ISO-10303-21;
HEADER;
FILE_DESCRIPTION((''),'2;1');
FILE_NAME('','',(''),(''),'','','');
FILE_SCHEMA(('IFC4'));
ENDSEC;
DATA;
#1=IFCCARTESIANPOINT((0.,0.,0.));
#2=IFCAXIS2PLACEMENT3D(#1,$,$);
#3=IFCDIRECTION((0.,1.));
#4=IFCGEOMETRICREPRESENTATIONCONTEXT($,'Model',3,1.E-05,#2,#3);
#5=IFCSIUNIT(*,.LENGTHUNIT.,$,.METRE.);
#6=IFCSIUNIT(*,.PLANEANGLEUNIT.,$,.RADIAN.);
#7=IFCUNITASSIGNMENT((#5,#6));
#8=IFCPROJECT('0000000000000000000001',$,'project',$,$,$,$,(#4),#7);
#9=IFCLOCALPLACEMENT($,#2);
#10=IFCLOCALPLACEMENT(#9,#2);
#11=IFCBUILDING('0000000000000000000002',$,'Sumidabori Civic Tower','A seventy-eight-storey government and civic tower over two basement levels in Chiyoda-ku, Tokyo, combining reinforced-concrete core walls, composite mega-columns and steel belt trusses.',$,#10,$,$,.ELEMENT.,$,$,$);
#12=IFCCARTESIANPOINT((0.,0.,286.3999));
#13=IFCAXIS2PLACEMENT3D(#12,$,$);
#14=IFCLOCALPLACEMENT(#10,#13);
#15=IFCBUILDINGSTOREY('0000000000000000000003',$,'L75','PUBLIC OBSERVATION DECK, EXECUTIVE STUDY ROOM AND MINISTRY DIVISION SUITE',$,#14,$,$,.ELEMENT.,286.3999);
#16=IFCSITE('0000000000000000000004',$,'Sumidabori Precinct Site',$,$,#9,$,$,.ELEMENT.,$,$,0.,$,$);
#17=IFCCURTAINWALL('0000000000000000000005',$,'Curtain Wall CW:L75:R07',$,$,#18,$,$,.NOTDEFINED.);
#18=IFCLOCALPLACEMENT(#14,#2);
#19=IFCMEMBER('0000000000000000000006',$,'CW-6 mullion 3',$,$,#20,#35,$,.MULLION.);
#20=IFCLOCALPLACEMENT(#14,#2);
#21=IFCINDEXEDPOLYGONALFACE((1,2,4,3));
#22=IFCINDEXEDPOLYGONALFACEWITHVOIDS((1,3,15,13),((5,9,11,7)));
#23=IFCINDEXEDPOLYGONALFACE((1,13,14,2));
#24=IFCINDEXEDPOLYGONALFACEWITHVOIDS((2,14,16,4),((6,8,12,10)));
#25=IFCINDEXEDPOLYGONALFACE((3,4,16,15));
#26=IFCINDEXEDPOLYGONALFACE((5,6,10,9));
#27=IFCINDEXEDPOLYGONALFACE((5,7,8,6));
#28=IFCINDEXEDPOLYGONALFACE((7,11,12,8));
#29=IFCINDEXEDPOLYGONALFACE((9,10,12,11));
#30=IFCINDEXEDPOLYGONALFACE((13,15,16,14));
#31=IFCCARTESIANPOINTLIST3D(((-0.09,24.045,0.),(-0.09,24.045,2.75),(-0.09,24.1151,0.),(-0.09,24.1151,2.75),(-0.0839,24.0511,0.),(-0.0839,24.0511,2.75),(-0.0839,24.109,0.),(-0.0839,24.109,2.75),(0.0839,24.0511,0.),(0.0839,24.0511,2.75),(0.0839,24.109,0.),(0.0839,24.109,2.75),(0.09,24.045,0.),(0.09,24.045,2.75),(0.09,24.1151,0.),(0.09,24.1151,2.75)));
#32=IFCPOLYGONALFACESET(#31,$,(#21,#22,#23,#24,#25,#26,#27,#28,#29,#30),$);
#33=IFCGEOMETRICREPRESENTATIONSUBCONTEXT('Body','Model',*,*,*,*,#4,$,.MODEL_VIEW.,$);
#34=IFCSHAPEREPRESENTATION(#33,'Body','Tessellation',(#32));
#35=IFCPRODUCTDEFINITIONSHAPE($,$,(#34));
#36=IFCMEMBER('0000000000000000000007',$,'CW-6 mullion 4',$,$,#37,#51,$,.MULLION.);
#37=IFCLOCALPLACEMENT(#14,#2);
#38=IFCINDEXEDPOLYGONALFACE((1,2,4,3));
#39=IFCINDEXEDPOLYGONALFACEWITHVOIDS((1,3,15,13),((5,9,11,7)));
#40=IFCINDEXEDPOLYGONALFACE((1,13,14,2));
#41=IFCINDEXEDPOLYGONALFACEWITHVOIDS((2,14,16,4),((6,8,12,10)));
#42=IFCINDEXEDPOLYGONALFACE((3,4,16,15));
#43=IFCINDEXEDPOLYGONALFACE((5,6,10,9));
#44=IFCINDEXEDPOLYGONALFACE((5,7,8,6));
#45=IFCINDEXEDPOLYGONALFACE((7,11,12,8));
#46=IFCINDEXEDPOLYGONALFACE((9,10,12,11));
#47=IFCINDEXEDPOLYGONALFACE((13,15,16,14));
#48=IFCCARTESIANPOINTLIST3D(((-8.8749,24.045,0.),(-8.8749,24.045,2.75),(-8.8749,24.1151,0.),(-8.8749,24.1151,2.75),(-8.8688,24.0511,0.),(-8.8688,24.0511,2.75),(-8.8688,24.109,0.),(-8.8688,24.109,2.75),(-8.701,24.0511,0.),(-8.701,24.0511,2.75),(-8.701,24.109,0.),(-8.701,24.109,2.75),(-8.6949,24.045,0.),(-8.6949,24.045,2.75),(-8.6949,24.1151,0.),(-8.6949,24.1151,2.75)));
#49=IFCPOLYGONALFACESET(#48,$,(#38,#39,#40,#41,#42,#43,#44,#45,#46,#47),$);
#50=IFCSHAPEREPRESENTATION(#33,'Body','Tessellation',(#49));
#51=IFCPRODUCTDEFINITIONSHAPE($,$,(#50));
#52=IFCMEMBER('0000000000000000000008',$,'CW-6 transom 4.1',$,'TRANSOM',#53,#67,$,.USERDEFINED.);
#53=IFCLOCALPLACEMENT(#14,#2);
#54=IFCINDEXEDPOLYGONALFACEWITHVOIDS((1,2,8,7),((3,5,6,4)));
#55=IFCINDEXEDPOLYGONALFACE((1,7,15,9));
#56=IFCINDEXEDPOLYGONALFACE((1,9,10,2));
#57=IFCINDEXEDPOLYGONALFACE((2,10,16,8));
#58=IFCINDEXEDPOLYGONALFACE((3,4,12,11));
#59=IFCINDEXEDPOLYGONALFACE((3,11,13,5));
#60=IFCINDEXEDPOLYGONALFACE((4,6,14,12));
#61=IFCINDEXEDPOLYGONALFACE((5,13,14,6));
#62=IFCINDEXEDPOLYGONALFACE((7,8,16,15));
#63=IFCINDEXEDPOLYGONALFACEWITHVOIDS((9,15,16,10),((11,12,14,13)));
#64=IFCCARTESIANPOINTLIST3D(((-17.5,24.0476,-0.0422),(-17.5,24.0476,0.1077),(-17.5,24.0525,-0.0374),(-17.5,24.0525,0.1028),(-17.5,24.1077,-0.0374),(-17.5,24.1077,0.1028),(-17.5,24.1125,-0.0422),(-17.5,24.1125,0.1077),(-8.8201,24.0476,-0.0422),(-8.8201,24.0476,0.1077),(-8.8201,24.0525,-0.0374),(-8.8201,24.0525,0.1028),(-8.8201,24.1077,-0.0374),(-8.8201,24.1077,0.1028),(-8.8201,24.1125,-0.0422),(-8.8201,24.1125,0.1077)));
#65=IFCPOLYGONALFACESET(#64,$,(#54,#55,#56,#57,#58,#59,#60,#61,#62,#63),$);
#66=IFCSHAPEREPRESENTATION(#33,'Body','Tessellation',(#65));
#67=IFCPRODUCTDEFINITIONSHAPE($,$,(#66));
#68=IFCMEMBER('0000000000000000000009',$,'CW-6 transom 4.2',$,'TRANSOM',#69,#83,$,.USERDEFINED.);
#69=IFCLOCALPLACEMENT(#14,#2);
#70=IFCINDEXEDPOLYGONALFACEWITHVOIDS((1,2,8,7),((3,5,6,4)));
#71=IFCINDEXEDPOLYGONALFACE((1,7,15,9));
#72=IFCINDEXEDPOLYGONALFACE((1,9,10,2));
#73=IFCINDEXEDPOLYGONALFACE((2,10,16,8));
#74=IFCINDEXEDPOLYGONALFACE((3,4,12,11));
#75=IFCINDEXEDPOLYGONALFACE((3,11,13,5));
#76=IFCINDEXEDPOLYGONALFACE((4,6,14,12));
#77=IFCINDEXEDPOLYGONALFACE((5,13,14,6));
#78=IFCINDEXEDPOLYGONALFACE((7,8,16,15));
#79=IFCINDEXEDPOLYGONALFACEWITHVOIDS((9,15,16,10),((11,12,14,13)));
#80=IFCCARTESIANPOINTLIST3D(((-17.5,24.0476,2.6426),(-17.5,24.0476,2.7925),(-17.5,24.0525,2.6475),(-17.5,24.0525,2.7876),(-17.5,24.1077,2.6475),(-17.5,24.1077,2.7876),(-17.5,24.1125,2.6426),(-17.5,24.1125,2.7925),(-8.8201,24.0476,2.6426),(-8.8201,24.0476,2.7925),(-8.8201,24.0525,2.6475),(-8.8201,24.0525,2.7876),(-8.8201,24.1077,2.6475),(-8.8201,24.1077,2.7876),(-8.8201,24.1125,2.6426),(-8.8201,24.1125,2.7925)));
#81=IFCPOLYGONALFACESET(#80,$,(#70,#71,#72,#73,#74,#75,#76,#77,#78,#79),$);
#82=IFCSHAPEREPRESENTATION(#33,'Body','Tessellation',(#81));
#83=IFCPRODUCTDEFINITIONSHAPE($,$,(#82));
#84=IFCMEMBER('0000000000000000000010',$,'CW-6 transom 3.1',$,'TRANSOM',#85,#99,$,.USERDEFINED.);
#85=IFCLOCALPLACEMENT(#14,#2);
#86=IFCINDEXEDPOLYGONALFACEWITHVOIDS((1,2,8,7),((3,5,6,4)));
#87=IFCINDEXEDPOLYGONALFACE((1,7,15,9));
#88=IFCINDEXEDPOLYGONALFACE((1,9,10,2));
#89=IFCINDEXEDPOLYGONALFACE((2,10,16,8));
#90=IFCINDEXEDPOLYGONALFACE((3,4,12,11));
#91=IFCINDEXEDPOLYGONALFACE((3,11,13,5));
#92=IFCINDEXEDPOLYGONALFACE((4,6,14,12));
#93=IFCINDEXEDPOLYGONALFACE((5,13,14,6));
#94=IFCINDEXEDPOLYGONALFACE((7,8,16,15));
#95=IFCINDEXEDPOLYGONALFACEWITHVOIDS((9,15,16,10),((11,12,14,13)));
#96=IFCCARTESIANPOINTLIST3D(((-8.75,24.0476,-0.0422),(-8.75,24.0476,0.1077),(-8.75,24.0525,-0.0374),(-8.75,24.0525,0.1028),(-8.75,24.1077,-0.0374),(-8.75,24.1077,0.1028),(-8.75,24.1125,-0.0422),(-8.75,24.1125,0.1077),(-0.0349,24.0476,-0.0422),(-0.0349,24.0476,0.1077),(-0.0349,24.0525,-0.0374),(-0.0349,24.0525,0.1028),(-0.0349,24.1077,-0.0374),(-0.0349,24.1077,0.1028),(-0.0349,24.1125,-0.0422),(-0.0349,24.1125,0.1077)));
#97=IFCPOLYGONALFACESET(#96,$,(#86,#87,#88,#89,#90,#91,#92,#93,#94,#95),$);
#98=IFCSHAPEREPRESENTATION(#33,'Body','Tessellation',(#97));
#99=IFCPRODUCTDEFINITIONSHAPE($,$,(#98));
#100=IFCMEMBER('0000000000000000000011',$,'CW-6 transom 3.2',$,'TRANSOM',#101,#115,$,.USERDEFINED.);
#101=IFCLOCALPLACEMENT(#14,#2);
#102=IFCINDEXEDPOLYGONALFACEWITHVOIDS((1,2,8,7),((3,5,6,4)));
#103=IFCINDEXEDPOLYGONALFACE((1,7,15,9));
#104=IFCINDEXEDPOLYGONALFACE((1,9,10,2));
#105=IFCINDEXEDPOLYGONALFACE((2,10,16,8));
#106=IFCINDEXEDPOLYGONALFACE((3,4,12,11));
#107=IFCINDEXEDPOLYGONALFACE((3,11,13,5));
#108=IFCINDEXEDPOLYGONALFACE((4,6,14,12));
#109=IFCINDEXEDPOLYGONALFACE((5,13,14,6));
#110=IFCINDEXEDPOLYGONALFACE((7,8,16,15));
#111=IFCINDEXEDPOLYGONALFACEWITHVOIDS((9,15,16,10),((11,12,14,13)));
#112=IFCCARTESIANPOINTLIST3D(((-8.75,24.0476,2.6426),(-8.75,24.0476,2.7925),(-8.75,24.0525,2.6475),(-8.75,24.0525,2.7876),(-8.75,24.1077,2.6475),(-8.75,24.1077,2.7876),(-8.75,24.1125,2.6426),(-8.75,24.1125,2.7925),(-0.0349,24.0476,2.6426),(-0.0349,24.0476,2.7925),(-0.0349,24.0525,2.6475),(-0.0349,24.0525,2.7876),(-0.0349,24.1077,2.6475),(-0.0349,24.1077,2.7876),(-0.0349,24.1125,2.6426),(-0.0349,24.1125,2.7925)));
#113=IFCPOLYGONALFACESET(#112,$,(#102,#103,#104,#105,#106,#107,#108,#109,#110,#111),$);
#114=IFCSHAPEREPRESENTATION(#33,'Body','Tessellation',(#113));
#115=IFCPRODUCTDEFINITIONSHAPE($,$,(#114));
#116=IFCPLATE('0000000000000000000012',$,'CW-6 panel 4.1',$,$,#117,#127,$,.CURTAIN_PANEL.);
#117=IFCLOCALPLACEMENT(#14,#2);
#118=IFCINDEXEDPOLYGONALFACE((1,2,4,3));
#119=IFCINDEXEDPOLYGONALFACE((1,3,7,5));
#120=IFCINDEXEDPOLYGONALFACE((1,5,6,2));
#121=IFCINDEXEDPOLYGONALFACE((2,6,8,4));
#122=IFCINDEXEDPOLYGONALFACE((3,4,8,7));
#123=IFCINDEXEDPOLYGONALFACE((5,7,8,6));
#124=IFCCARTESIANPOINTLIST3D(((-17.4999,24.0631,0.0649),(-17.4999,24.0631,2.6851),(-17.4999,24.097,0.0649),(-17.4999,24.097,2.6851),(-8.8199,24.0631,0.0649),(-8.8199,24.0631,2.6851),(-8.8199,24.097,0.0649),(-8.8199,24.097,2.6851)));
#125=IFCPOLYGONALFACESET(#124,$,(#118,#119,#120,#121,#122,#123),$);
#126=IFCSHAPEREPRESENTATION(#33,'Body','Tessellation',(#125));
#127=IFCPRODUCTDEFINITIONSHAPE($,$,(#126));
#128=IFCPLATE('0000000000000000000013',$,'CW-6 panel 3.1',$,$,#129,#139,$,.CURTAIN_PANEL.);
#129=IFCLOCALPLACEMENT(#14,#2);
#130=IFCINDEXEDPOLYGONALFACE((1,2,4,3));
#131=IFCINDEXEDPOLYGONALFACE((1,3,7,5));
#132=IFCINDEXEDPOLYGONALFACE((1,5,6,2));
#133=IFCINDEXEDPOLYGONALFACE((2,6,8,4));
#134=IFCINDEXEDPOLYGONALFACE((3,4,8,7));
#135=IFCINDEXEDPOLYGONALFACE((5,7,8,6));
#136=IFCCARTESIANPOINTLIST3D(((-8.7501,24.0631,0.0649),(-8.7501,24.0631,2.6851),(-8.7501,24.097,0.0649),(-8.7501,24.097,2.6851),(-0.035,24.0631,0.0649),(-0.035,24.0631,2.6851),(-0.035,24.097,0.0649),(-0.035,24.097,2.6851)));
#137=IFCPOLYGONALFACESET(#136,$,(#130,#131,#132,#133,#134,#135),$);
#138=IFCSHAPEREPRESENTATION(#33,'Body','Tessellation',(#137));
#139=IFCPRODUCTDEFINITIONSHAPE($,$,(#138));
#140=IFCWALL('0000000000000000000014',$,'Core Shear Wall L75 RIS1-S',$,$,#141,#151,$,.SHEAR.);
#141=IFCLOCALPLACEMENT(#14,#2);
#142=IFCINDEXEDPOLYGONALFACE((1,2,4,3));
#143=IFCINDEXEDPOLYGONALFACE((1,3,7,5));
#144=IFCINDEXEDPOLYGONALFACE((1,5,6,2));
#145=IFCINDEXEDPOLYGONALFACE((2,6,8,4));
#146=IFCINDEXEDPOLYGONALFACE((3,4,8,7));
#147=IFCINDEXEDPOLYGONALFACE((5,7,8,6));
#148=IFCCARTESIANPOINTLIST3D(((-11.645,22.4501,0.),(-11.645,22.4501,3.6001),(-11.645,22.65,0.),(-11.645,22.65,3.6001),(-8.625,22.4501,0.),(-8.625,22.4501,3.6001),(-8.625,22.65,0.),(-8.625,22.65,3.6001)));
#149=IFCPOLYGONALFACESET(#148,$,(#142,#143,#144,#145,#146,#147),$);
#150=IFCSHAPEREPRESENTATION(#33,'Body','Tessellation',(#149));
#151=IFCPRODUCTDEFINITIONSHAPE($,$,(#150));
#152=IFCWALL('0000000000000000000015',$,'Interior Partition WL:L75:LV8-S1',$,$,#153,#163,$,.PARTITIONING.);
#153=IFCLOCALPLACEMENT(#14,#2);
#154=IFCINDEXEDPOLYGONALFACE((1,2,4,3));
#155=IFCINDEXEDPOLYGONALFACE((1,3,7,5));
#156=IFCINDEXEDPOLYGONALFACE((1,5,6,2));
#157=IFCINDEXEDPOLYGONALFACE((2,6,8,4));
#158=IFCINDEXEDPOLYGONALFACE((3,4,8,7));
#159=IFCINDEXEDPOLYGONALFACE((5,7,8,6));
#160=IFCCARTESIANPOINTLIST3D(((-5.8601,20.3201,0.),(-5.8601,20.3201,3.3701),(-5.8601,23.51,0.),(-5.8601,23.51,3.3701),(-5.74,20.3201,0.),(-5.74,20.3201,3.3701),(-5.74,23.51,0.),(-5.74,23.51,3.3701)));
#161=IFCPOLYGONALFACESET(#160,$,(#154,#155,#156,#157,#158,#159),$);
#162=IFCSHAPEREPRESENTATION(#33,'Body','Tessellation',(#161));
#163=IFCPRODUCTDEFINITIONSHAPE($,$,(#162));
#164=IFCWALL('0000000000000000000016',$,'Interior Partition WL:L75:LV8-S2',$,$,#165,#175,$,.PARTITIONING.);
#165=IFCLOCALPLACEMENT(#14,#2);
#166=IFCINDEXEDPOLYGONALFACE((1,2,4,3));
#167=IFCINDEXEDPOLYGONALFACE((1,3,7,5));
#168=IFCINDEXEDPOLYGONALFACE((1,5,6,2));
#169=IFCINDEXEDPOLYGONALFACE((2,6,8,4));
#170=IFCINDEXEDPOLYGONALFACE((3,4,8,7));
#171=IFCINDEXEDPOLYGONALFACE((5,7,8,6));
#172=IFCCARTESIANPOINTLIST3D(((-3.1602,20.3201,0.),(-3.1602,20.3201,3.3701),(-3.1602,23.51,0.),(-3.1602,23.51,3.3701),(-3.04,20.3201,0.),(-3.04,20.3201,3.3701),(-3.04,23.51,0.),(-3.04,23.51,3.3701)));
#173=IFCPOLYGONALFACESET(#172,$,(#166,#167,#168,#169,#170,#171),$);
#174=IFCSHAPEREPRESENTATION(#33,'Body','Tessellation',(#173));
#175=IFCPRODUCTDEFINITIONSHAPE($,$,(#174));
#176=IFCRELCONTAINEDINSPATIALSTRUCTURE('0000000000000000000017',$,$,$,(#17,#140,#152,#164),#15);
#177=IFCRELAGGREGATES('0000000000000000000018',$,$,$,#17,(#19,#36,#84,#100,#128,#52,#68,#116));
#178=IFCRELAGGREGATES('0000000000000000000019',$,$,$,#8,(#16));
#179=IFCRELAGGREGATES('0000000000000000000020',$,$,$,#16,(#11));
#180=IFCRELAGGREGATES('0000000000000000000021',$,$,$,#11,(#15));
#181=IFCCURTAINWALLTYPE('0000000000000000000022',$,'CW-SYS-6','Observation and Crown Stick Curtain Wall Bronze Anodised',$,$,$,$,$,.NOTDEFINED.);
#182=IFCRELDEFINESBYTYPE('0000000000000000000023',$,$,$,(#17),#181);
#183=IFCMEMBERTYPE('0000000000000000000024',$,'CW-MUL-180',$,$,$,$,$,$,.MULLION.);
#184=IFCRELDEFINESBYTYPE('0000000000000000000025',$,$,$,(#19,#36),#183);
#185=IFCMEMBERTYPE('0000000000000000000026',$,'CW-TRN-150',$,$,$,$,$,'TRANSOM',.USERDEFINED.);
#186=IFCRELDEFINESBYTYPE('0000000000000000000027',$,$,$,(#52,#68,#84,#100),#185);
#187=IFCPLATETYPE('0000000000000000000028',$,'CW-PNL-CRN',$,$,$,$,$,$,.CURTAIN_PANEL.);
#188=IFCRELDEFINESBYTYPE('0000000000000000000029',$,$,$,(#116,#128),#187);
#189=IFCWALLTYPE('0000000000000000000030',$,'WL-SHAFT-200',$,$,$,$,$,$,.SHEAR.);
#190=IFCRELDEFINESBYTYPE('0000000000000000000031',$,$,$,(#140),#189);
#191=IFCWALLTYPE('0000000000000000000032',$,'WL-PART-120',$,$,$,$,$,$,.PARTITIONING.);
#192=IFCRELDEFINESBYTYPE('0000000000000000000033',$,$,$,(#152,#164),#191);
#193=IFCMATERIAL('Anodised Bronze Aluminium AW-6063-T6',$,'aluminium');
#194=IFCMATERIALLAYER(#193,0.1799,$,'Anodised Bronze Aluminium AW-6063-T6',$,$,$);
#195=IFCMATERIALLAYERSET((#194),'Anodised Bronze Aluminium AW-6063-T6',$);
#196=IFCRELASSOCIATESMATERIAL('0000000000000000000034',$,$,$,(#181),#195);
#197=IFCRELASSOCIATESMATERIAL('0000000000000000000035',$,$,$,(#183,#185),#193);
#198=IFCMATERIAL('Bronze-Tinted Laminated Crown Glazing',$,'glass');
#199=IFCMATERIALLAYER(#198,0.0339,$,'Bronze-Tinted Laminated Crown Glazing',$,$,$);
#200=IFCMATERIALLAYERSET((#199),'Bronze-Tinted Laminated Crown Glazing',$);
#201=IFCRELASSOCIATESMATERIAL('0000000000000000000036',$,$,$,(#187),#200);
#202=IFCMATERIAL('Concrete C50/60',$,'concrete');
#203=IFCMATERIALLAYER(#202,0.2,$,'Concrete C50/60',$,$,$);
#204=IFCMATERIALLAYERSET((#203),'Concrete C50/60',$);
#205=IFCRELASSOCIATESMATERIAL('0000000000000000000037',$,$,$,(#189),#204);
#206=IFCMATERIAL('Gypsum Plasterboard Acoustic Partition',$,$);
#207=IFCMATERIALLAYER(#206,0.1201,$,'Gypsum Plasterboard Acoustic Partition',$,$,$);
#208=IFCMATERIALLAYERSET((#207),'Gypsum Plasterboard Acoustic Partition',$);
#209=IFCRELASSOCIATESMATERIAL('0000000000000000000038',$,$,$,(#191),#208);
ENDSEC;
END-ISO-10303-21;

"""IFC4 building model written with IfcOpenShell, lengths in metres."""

from ifc_helpers import new_model, si_unit, direction, frame, frame_2d, origin, origin_2d, place, context, subcontext, project, spatial, rectangle, hollow_rectangle, extrude, source, transform, mapped, material, layer, layer_set, material_profile, profile_set, type_object, element, aggregate, save


model = new_model("IFC4")

# Units and contexts
model_context = context("Model", 3, precision=1e-05, world=origin(), true_north=direction((0.0, 1.0)))
body_context = subcontext(model_context, "Body", "Model", "MODEL_VIEW")
ifc_project = project(units=[si_unit("LENGTHUNIT", "METRE"), si_unit("PLANEANGLEUNIT", "RADIAN")], contexts=[model_context])

# Site, building, storey
site_placement = place(None, origin())
site = spatial("IfcSite", under=ifc_project, at=site_placement, Name="Sumidabori Precinct Site", CompositionType="ELEMENT", RefElevation=0.0)
building_placement = place(site_placement, origin())
building = spatial("IfcBuilding", under=site, at=building_placement, Name="Sumidabori Civic Tower", Description="A seventy-eight-storey government and civic tower over two basement levels in Chiyoda-ku, Tokyo, combining reinforced-concrete core walls, composite mega-columns and steel belt trusses.", CompositionType="ELEMENT")
storey_placement = place(building_placement, frame((0.0, 0.0, 286.3999)))
storey = spatial("IfcBuildingStorey", under=building, at=storey_placement, Name="L75", Description="PUBLIC OBSERVATION DECK, EXECUTIVE STUDY ROOM AND MINISTRY DIVISION SUITE", CompositionType="ELEMENT", Elevation=286.3999)

# Curtain wall, members, plates
ifc_material_1 = material(Name="Anodised Bronze Aluminium AW-6063-T6", Category="aluminium")
ifc_layer_1 = layer(ifc_material_1, 0.1799, Name="Anodised Bronze Aluminium AW-6063-T6")
ifc_layer_set_1 = layer_set([ifc_layer_1], Name="Anodised Bronze Aluminium AW-6063-T6")
curtain_wall_type = type_object("IfcCurtainWallType", Name="CW-SYS-6", Description="Observation and Crown Stick Curtain Wall Bronze Anodised", PredefinedType="NOTDEFINED", material=ifc_layer_set_1)
curtain_wall_placement = place(storey_placement, origin())
curtain_wall = element("IfcCurtainWall", 1, at=curtain_wall_placement, inside=storey, type_object=curtain_wall_type, Name="Curtain Wall CW:L75:R07", PredefinedType="NOTDEFINED")
ifc_material_profile_1 = material_profile(ifc_material_1, hollow_rectangle(XDim=0.0701, YDim=0.1799, WallThickness=0.0061, at=origin_2d()), Name="ALU MULLION 180x70")
ifc_profile_set_1 = profile_set([ifc_material_profile_1], Name="Anodised Bronze Aluminium AW-6063-T6")
member_type_1 = type_object("IfcMemberType", Name="CW-MUL-180", PredefinedType="MULLION", material=ifc_profile_set_1)
shared_shape_1 = source(origin(), body_context, "Body", "SweptSolid", [
    extrude(hollow_rectangle(XDim=0.0701, YDim=0.1799, WallThickness=0.0061, at=origin_2d()), origin(), (0.0, 0.0, 1.0), 2.75),
])
member_1_placement = place(storey_placement, frame((0.0, 24.0801, 0.0), z_axis=(0.0, 0.0, 1.0), x_axis=(0.0, -1.0, 0.0)))
member_1 = element("IfcMember", 2, at=member_1_placement, type_object=member_type_1, Name="CW-6 mullion 3", PredefinedType="MULLION", context=body_context, shape_type="MappedRepresentation", body=[
    mapped(shared_shape_1, transform((0.0, 0.0, 0.0), x_axis=(1.0, 0.0, 0.0), y_axis=(0.0, 1.0, 0.0), z_axis=(0.0, 0.0, 1.0), scale=1.0)),
])
member_2_placement = place(storey_placement, frame((-8.7849, 24.0801, 0.0), z_axis=(0.0, 0.0, 1.0), x_axis=(0.0, -1.0, 0.0)))
member_2 = element("IfcMember", 3, at=member_2_placement, type_object=member_type_1, Name="CW-6 mullion 4", PredefinedType="MULLION", context=body_context, shape_type="MappedRepresentation", body=[
    mapped(shared_shape_1, transform((0.0, 0.0, 0.0), x_axis=(1.0, 0.0, 0.0), y_axis=(0.0, 1.0, 0.0), z_axis=(0.0, 0.0, 1.0), scale=1.0)),
])
ifc_material_profile_2 = material_profile(ifc_material_1, hollow_rectangle(XDim=0.0649, YDim=0.1499, WallThickness=0.0049, at=origin_2d()), Name="ALU TRANSOM 150x65")
ifc_profile_set_2 = profile_set([ifc_material_profile_2], Name="Anodised Bronze Aluminium AW-6063-T6")
member_type_2 = type_object("IfcMemberType", Name="CW-TRN-150", ElementType="TRANSOM", PredefinedType="USERDEFINED", material=ifc_profile_set_2)
shared_shape_2 = source(origin(), body_context, "Body", "SweptSolid", [
    extrude(hollow_rectangle(XDim=0.0649, YDim=0.1499, WallThickness=0.0049, at=origin_2d()), origin(), (0.0, 0.0, 1.0), 8.6799),
])
member_3_placement = place(storey_placement, frame((-8.8201, 24.0801, 0.0327), z_axis=(-1.0, 0.0, 0.0), x_axis=(0.0, -1.0, 0.0)))
member_3 = element("IfcMember", 4, at=member_3_placement, type_object=member_type_2, Name="CW-6 transom 4.1", ObjectType="TRANSOM", PredefinedType="USERDEFINED", context=body_context, shape_type="MappedRepresentation", body=[
    mapped(shared_shape_2, transform((0.0, 0.0, 0.0), x_axis=(1.0, 0.0, 0.0), y_axis=(0.0, 1.0, 0.0), z_axis=(0.0, 0.0, 1.0), scale=1.0)),
])
member_4_placement = place(storey_placement, frame((-8.8201, 24.0801, 2.7175), z_axis=(-1.0, 0.0, 0.0), x_axis=(0.0, -1.0, 0.0)))
member_4 = element("IfcMember", 5, at=member_4_placement, type_object=member_type_2, Name="CW-6 transom 4.2", ObjectType="TRANSOM", PredefinedType="USERDEFINED", context=body_context, shape_type="MappedRepresentation", body=[
    mapped(shared_shape_2, transform((0.0, 0.0, 0.0), x_axis=(1.0, 0.0, 0.0), y_axis=(0.0, 1.0, 0.0), z_axis=(0.0, 0.0, 1.0), scale=1.0)),
])
shared_shape_3 = source(origin(), body_context, "Body", "SweptSolid", [
    extrude(hollow_rectangle(XDim=0.0649, YDim=0.1499, WallThickness=0.0049, at=origin_2d()), origin(), (0.0, 0.0, 1.0), 8.7151),
])
member_5_placement = place(storey_placement, frame((-0.0349, 24.0801, 0.0327), z_axis=(-1.0, 0.0, 0.0), x_axis=(0.0, -1.0, 0.0)))
member_5 = element("IfcMember", 6, at=member_5_placement, type_object=member_type_2, Name="CW-6 transom 3.1", ObjectType="TRANSOM", PredefinedType="USERDEFINED", context=body_context, shape_type="MappedRepresentation", body=[
    mapped(shared_shape_3, transform((0.0, 0.0, 0.0), x_axis=(1.0, 0.0, 0.0), y_axis=(0.0, 1.0, 0.0), z_axis=(0.0, 0.0, 1.0), scale=1.0)),
])
member_6_placement = place(storey_placement, frame((-0.0349, 24.0801, 2.7175), z_axis=(-1.0, 0.0, 0.0), x_axis=(0.0, -1.0, 0.0)))
member_6 = element("IfcMember", 7, at=member_6_placement, type_object=member_type_2, Name="CW-6 transom 3.2", ObjectType="TRANSOM", PredefinedType="USERDEFINED", context=body_context, shape_type="MappedRepresentation", body=[
    mapped(shared_shape_3, transform((0.0, 0.0, 0.0), x_axis=(1.0, 0.0, 0.0), y_axis=(0.0, 1.0, 0.0), z_axis=(0.0, 0.0, 1.0), scale=1.0)),
])
ifc_material_2 = material(Name="Bronze-Tinted Laminated Crown Glazing", Category="glass")
ifc_layer_2 = layer(ifc_material_2, 0.0339, Name="Bronze-Tinted Laminated Crown Glazing")
ifc_layer_set_2 = layer_set([ifc_layer_2], Name="Bronze-Tinted Laminated Crown Glazing")
plate_type = type_object("IfcPlateType", Name="CW-PNL-CRN", PredefinedType="CURTAIN_PANEL", material=ifc_layer_set_2)
shared_shape_4 = source(origin(), body_context, "Body", "SweptSolid", [
    extrude(rectangle(XDim=8.6799, YDim=0.0339, at=origin_2d()), origin(), (0.0, 0.0, 1.0), 2.6201),
])
plate_1_placement = place(storey_placement, frame((-13.1599, 24.0801, 0.0649), z_axis=(0.0, 0.0, 1.0), x_axis=(-1.0, 0.0, 0.0)))
plate_1 = element("IfcPlate", 8, at=plate_1_placement, type_object=plate_type, Name="CW-6 panel 4.1", PredefinedType="CURTAIN_PANEL", context=body_context, shape_type="MappedRepresentation", body=[
    mapped(shared_shape_4, transform((0.0, 0.0, 0.0), x_axis=(1.0, 0.0, 0.0), y_axis=(0.0, 1.0, 0.0), z_axis=(0.0, 0.0, 1.0), scale=1.0)),
])
shared_shape_5 = source(origin(), body_context, "Body", "SweptSolid", [
    extrude(rectangle(XDim=8.7151, YDim=0.0339, at=origin_2d()), origin(), (0.0, 0.0, 1.0), 2.6201),
])
plate_2_placement = place(storey_placement, frame((-4.3926, 24.0801, 0.0649), z_axis=(0.0, 0.0, 1.0), x_axis=(-1.0, 0.0, 0.0)))
plate_2 = element("IfcPlate", 9, at=plate_2_placement, type_object=plate_type, Name="CW-6 panel 3.1", PredefinedType="CURTAIN_PANEL", context=body_context, shape_type="MappedRepresentation", body=[
    mapped(shared_shape_5, transform((0.0, 0.0, 0.0), x_axis=(1.0, 0.0, 0.0), y_axis=(0.0, 1.0, 0.0), z_axis=(0.0, 0.0, 1.0), scale=1.0)),
])
aggregate(curtain_wall, [member_1, member_2, member_5, member_6, plate_2, member_3, member_4, plate_1])

# Wall
ifc_material_3 = material(Name="Concrete C50/60", Category="concrete")
ifc_layer_3 = layer(ifc_material_3, 0.2, Name="Concrete C50/60")
ifc_layer_set_3 = layer_set([ifc_layer_3], Name="Concrete C50/60")
wall_type_1 = type_object("IfcWallType", Name="WL-SHAFT-200", PredefinedType="SHEAR", material=ifc_layer_set_3)
shared_shape_6 = source(origin(), body_context, "Body", "SweptSolid", [
    extrude(rectangle(XDim=3.02, YDim=0.2, at=frame_2d((1.51, 0.0))), origin(), (0.0, 0.0, 1.0), 3.6001),
])
wall_1_placement = place(storey_placement, frame((-11.645, 22.55, 0.0), z_axis=(0.0, 0.0, 1.0), x_axis=(1.0, 0.0, 0.0)))
element("IfcWall", 10, at=wall_1_placement, inside=storey, type_object=wall_type_1, Name="Core Shear Wall L75 RIS1-S", PredefinedType="SHEAR", context=body_context, shape_type="MappedRepresentation", body=[
    mapped(shared_shape_6, transform((0.0, 0.0, 0.0), x_axis=(1.0, 0.0, 0.0), y_axis=(0.0, 1.0, 0.0), z_axis=(0.0, 0.0, 1.0), scale=1.0)),
])

# Shared definitions
ifc_material_4 = material(Name="Gypsum Plasterboard Acoustic Partition")

# Walls
ifc_layer_4 = layer(ifc_material_4, 0.1201, Name="Gypsum Plasterboard Acoustic Partition")
ifc_layer_set_4 = layer_set([ifc_layer_4], Name="Gypsum Plasterboard Acoustic Partition")
wall_type_2 = type_object("IfcWallType", Name="WL-PART-120", PredefinedType="PARTITIONING", material=ifc_layer_set_4)
shared_shape_7 = source(origin(), body_context, "Body", "SweptSolid", [
    extrude(rectangle(XDim=3.1899, YDim=0.1201, at=frame_2d((1.595, 0.0))), origin(), (0.0, 0.0, 1.0), 3.3701),
])
for number, where, z_axis, x_axis, name in (
    (11, (-5.8, 20.3201, 0.0), (0.0, 0.0, 1.0), (0.0, 1.0, 0.0), "Interior Partition WL:L75:LV8-S1"),
    (12, (-3.1001, 20.3201, 0.0), (0.0, 0.0, 1.0), (0.0, 1.0, 0.0), "Interior Partition WL:L75:LV8-S2"),
):
    element("IfcWall", number, at=place(storey_placement, frame(where, z_axis=z_axis, x_axis=x_axis)), inside=storey, type_object=wall_type_2, Name=name, PredefinedType="PARTITIONING", context=body_context, shape_type="MappedRepresentation", body=[
        mapped(shared_shape_7, transform((0.0, 0.0, 0.0), x_axis=(1.0, 0.0, 0.0), y_axis=(0.0, 1.0, 0.0), z_axis=(0.0, 0.0, 1.0), scale=1.0)),
    ])

save(model, "model.ifc")
